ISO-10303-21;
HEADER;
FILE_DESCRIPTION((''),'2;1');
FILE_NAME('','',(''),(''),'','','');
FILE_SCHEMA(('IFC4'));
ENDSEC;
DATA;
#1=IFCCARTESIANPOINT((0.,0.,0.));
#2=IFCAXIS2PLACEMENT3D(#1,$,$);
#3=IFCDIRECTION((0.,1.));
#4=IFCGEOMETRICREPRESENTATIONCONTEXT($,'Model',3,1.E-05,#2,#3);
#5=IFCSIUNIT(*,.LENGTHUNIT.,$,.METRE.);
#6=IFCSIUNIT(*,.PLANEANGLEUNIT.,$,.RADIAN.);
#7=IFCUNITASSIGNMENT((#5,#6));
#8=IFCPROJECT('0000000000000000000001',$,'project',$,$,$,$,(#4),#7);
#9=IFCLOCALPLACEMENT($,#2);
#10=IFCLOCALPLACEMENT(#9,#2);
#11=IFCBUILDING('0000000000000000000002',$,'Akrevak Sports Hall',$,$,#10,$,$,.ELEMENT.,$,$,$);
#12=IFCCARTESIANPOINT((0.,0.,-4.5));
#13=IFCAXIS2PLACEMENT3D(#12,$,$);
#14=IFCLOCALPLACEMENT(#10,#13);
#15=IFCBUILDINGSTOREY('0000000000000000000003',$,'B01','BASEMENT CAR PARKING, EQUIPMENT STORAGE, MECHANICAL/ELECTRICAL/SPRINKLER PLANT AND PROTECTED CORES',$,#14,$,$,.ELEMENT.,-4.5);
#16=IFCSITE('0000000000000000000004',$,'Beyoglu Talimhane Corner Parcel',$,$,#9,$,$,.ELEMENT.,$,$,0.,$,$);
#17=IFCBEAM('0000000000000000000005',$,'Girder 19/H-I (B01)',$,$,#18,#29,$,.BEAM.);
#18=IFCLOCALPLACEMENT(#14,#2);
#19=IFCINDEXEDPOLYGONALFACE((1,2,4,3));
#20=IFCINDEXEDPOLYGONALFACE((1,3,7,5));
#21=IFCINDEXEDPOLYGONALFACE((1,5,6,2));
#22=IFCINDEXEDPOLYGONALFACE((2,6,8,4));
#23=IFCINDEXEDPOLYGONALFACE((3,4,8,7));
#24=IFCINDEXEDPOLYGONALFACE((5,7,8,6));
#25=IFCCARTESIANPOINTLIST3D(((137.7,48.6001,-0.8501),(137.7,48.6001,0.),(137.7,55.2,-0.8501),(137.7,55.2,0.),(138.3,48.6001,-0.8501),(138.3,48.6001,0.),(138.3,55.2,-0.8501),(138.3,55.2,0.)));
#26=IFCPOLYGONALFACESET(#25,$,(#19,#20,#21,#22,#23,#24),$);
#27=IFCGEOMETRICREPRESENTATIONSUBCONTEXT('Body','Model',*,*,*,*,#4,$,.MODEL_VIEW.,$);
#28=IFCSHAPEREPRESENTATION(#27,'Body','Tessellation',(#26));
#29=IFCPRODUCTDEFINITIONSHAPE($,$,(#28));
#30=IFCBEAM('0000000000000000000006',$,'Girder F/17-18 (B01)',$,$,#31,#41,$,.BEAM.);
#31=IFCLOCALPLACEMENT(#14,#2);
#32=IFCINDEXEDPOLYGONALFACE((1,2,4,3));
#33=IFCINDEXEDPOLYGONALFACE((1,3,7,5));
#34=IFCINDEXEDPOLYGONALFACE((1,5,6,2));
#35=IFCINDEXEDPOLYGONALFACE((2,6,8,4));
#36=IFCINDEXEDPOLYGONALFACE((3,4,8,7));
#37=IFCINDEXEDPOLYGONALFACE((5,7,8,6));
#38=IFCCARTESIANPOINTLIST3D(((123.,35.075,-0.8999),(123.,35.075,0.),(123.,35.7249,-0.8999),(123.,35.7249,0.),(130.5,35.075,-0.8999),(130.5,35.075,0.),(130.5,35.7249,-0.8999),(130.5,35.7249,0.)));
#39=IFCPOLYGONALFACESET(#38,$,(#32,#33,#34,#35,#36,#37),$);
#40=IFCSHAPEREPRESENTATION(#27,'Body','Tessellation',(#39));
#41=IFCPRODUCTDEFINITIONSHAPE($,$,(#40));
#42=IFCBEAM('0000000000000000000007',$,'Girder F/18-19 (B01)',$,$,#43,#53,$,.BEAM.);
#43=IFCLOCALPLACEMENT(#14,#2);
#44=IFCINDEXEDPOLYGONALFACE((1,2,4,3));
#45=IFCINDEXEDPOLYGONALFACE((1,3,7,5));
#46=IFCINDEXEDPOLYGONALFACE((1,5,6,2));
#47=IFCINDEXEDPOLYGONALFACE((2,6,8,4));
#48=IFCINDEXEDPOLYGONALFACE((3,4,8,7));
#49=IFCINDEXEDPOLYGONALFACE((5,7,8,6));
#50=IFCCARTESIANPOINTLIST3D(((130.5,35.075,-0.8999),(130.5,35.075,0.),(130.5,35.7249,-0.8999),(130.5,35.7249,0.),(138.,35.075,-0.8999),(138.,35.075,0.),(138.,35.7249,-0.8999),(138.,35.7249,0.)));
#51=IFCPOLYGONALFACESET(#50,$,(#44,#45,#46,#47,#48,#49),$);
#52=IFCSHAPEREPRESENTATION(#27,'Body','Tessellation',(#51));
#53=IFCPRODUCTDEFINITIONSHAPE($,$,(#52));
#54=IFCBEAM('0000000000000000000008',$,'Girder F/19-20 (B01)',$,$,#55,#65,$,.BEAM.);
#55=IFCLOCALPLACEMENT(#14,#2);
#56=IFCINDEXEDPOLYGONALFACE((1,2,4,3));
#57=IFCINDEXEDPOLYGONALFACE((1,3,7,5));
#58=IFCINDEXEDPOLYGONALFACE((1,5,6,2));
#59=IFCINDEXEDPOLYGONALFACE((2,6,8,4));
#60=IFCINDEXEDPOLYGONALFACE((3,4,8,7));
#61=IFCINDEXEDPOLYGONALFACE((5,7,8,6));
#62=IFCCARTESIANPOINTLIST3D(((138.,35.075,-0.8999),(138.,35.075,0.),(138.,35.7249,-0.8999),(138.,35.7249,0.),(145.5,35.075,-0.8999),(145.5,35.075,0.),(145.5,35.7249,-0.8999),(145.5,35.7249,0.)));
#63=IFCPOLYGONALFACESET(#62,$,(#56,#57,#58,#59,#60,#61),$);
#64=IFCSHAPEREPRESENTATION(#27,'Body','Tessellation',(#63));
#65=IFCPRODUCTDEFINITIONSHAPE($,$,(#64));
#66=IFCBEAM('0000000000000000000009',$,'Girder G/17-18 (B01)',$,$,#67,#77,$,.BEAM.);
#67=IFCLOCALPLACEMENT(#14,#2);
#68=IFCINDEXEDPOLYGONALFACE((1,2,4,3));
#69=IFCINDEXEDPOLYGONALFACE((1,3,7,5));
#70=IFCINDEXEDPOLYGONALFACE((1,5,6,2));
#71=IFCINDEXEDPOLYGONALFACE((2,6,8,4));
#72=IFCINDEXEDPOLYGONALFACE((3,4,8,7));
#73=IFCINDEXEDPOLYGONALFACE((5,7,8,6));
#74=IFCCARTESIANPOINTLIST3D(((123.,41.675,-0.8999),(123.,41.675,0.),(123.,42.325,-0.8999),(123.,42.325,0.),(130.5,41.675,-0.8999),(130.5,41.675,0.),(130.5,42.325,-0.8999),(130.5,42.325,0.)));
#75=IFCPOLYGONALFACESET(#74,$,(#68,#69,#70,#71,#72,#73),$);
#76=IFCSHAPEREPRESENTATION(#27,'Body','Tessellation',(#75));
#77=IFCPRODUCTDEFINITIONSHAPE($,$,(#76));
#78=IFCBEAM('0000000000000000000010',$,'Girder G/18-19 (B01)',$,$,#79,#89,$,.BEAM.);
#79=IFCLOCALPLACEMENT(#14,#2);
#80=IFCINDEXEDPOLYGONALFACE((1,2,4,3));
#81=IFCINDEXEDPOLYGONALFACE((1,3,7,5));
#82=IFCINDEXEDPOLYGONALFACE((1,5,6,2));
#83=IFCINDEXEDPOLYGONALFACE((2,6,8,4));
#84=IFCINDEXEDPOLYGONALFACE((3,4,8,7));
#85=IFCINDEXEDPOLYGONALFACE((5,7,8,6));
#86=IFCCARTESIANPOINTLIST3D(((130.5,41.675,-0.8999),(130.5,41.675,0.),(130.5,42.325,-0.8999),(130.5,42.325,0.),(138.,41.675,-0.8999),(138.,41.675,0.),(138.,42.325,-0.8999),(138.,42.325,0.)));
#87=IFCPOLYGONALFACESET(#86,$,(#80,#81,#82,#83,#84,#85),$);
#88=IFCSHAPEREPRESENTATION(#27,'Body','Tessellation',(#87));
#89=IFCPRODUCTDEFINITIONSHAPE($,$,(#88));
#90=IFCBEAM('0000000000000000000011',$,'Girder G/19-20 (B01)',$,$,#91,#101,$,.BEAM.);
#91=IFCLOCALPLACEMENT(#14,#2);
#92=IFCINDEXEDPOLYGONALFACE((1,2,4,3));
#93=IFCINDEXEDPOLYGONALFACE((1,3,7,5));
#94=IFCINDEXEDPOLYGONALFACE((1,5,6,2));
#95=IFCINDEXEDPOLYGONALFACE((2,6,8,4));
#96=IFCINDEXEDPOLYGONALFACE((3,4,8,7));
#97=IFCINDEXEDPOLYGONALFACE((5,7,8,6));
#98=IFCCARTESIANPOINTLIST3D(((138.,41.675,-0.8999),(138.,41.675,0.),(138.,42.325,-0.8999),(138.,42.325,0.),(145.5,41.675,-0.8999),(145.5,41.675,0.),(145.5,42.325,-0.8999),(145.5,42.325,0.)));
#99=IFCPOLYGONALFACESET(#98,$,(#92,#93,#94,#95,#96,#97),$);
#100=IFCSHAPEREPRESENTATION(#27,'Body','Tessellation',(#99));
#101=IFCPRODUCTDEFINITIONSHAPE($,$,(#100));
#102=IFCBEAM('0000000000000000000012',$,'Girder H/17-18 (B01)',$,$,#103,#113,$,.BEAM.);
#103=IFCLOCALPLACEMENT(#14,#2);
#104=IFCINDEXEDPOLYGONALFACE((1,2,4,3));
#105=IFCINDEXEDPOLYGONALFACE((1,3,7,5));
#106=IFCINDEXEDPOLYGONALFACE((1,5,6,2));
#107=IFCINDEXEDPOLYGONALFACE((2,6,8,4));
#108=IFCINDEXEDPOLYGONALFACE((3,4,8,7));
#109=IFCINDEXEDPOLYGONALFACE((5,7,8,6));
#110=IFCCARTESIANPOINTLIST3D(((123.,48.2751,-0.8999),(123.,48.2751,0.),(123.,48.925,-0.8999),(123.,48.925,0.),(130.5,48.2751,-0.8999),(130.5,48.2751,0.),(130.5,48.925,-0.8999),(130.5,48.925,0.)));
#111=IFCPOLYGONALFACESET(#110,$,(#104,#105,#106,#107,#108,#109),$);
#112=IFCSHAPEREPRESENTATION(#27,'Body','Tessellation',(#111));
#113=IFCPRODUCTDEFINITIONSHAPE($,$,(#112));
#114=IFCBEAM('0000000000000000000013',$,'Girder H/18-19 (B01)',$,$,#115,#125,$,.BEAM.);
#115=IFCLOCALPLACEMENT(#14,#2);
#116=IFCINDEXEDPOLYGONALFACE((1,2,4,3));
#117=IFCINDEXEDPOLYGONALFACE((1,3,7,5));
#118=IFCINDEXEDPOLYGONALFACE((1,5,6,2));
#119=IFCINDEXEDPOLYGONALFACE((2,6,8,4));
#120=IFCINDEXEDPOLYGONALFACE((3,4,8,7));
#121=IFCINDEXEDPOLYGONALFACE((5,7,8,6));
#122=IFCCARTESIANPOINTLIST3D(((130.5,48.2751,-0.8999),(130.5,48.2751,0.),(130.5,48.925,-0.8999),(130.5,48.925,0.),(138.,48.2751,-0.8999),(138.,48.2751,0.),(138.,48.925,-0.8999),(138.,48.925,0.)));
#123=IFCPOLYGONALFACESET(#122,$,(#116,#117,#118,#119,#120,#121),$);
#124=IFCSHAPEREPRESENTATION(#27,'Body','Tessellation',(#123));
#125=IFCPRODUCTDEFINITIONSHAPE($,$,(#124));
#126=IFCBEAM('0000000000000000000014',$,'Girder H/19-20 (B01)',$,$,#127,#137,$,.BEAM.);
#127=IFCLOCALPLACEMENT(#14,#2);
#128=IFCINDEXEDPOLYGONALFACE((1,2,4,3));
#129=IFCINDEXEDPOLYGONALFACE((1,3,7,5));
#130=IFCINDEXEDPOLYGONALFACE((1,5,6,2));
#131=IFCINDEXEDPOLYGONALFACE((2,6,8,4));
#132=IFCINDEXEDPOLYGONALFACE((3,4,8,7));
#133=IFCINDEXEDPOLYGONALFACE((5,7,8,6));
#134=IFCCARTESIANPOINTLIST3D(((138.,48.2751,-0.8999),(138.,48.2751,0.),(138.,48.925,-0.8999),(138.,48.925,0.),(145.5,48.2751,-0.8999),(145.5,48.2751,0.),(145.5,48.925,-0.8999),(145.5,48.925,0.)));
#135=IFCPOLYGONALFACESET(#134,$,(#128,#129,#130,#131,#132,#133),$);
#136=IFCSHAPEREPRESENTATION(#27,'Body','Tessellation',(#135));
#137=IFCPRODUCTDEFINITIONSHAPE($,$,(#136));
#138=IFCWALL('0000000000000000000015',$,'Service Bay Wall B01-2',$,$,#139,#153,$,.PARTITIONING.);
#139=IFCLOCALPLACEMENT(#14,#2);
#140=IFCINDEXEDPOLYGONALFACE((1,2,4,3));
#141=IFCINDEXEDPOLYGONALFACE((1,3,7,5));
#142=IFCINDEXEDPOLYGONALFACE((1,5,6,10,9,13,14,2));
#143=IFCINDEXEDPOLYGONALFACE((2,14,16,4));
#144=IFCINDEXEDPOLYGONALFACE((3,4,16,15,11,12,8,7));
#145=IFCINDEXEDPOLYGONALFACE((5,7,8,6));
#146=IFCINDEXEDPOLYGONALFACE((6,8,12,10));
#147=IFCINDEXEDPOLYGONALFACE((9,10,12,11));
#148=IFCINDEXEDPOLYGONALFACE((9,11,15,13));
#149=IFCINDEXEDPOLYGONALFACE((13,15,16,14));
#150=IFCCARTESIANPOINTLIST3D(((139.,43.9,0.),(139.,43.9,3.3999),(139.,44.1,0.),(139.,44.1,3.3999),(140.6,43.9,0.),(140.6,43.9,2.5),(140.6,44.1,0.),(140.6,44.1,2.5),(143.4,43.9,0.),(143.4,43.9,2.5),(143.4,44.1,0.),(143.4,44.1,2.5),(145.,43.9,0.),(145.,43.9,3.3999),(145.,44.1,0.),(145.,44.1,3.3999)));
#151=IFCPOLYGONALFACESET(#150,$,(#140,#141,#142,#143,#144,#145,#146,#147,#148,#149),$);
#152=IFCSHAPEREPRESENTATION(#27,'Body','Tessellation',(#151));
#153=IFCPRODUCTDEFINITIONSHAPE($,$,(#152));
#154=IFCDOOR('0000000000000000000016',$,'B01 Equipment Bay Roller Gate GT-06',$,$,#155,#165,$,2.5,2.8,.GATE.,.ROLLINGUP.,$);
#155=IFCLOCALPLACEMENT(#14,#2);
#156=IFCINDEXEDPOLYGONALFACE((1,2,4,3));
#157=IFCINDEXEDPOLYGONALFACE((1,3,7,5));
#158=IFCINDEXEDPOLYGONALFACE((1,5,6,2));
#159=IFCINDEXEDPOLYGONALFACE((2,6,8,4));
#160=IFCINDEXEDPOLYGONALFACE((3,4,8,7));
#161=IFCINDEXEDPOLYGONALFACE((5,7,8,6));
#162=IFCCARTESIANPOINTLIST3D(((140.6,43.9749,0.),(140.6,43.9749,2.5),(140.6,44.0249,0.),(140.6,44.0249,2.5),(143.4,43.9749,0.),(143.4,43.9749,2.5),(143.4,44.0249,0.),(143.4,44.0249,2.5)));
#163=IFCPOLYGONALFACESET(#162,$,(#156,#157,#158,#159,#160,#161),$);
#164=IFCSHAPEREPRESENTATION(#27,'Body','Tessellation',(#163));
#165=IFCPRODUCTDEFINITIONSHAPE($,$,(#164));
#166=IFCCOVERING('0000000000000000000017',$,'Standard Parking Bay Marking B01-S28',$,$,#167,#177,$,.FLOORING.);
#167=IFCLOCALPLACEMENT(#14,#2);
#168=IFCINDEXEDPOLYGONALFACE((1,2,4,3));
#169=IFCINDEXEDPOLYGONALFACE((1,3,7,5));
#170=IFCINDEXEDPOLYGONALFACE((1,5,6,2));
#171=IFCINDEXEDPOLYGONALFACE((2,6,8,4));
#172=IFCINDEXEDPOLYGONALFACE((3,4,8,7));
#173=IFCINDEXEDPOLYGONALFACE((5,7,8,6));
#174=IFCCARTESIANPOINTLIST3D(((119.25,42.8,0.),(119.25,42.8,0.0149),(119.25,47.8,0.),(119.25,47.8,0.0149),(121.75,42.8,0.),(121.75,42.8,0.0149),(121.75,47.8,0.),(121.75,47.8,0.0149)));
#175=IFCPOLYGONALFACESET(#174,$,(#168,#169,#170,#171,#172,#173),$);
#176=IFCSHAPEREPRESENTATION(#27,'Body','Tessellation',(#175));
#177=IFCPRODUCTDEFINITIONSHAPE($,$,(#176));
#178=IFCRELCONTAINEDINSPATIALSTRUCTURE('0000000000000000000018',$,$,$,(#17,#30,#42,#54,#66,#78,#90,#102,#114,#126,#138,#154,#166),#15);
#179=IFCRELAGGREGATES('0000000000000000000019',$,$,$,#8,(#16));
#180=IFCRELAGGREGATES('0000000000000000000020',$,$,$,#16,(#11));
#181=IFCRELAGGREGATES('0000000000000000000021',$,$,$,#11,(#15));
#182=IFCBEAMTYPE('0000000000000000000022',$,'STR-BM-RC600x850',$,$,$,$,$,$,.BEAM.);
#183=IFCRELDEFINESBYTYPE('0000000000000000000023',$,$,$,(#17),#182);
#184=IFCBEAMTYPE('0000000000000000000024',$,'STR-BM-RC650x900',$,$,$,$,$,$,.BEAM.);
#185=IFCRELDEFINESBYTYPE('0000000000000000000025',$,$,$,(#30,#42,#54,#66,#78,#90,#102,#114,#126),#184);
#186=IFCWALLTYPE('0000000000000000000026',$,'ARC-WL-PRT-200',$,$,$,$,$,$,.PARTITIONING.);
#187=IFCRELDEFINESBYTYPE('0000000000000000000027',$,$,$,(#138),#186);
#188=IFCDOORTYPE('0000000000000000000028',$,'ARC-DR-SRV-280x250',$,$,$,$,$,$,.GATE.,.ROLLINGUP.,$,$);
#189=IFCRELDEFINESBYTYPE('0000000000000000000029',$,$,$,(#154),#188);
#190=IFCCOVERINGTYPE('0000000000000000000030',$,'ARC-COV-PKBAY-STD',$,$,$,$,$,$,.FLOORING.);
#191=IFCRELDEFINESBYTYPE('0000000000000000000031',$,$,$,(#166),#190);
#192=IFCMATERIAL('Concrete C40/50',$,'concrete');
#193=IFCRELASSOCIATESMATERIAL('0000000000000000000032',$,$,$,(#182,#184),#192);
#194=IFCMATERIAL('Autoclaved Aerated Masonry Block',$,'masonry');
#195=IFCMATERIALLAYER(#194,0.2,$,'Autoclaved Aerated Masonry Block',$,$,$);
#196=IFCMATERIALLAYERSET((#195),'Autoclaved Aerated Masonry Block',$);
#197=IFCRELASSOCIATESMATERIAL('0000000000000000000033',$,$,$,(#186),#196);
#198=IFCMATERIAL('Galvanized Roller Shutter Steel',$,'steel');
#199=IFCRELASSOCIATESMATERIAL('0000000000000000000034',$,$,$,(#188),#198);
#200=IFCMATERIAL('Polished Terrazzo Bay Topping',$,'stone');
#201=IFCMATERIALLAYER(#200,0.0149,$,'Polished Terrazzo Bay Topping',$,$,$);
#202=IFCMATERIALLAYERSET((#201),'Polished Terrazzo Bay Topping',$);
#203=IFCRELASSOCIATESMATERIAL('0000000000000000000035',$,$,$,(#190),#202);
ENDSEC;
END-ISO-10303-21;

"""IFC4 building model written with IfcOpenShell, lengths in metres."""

from ifc_helpers import new_model, si_unit, direction, frame, frame_2d, origin, origin_2d, place, context, subcontext, project, spatial, rectangle, extrude, material, layer, layer_set, material_profile, profile_set, type_object, element, fill, save


model = new_model("IFC4")

# Units and contexts
model_context = context("Model", 3, precision=1e-05, world=origin(), true_north=direction((0.0, 1.0)))
body_context = subcontext(model_context, "Body", "Model", "MODEL_VIEW")
ifc_project = project(units=[si_unit("LENGTHUNIT", "METRE"), si_unit("PLANEANGLEUNIT", "RADIAN")], contexts=[model_context])

# Site, building, storey
site_placement = place(None, origin())
site = spatial("IfcSite", under=ifc_project, at=site_placement, Name="Beyoglu Talimhane Corner Parcel", CompositionType="ELEMENT", RefElevation=0.0)
building_placement = place(site_placement, origin())
building = spatial("IfcBuilding", under=site, at=building_placement, Name="Akrevak Sports Hall", CompositionType="ELEMENT")
storey_placement = place(building_placement, frame((0.0, 0.0, -4.5)))
storey = spatial("IfcBuildingStorey", under=building, at=storey_placement, Name="B01", Description="BASEMENT CAR PARKING, EQUIPMENT STORAGE, MECHANICAL/ELECTRICAL/SPRINKLER PLANT AND PROTECTED CORES", CompositionType="ELEMENT", Elevation=-4.5)

# Shared definitions
ifc_material_1 = material(Name="Concrete C40/50", Category="concrete")

# Beams
ifc_material_profile_1 = material_profile(ifc_material_1, rectangle(XDim=0.6001, YDim=0.8501, at=origin_2d()), Name="BM 600x850", Category="concrete")
ifc_profile_set_1 = profile_set([ifc_material_profile_1], Name="Concrete C40/50")
beam_type_1 = type_object("IfcBeamType", Name="STR-BM-RC600x850", PredefinedType="BEAM", material=ifc_profile_set_1)
beam_1_placement = place(storey_placement, frame((138.0, 48.6001, -0.425), z_axis=(0.0, 1.0, 0.0), x_axis=(-1.0, 0.0, 0.0)))
element("IfcBeam", 1, at=beam_1_placement, inside=storey, type_object=beam_type_1, Name="Girder 19/H-I (B01)", PredefinedType="BEAM", context=body_context, shape_type="SweptSolid", body=[
    extrude(rectangle(XDim=0.6001, YDim=0.8501, at=origin_2d()), origin(), (0.0, 0.0, 1.0), 6.5999),
])
ifc_material_profile_2 = material_profile(ifc_material_1, rectangle(XDim=0.6499, YDim=0.8999, at=origin_2d()), Name="BM 650x900", Category="concrete")
ifc_profile_set_2 = profile_set([ifc_material_profile_2], Name="Concrete C40/50")
beam_type_2 = type_object("IfcBeamType", Name="STR-BM-RC650x900", PredefinedType="BEAM", material=ifc_profile_set_2)
for number, where, z_axis, x_axis, name in (
    (2, (123.0, 35.3999, -0.45), (1.0, 0.0, 0.0), (0.0, 1.0, 0.0), "Girder F/17-18 (B01)"),
    (3, (130.5, 35.3999, -0.45), (1.0, 0.0, 0.0), (0.0, 1.0, 0.0), "Girder F/18-19 (B01)"),
    (4, (138.0, 35.3999, -0.45), (1.0, 0.0, 0.0), (0.0, 1.0, 0.0), "Girder F/19-20 (B01)"),
    (5, (123.0, 42.0, -0.45), (1.0, 0.0, 0.0), (0.0, 1.0, 0.0), "Girder G/17-18 (B01)"),
    (6, (130.5, 42.0, -0.45), (1.0, 0.0, 0.0), (0.0, 1.0, 0.0), "Girder G/18-19 (B01)"),
    (7, (138.0, 42.0, -0.45), (1.0, 0.0, 0.0), (0.0, 1.0, 0.0), "Girder G/19-20 (B01)"),
    (8, (123.0, 48.6001, -0.45), (1.0, 0.0, 0.0), (0.0, 1.0, 0.0), "Girder H/17-18 (B01)"),
    (9, (130.5, 48.6001, -0.45), (1.0, 0.0, 0.0), (0.0, 1.0, 0.0), "Girder H/18-19 (B01)"),
    (10, (138.0, 48.6001, -0.45), (1.0, 0.0, 0.0), (0.0, 1.0, 0.0), "Girder H/19-20 (B01)"),
):
    element("IfcBeam", number, at=place(storey_placement, frame(where, z_axis=z_axis, x_axis=x_axis)), inside=storey, type_object=beam_type_2, Name=name, PredefinedType="BEAM", context=body_context, shape_type="SweptSolid", body=[
        extrude(rectangle(XDim=0.6499, YDim=0.8999, at=origin_2d()), origin(), (0.0, 0.0, 1.0), 7.5),
    ])

# Wall, opening, door
ifc_material_2 = material(Name="Autoclaved Aerated Masonry Block", Category="masonry")
ifc_layer_1 = layer(ifc_material_2, 0.2, Name="Autoclaved Aerated Masonry Block")
ifc_layer_set_1 = layer_set([ifc_layer_1], Name="Autoclaved Aerated Masonry Block")
wall_type = type_object("IfcWallType", Name="ARC-WL-PRT-200", PredefinedType="PARTITIONING", material=ifc_layer_set_1)
wall_placement = place(storey_placement, frame((139.0, 44.0, 0.0), z_axis=(0.0, 0.0, 1.0), x_axis=(1.0, 0.0, 0.0)))
wall = element("IfcWall", 11, at=wall_placement, inside=storey, type_object=wall_type, Name="Service Bay Wall B01-2", PredefinedType="PARTITIONING", context=body_context, shape_type="SweptSolid", body=[
    extrude(rectangle(XDim=6.0, YDim=0.2, at=frame_2d((3.0, 0.0))), origin(), (0.0, 0.0, 1.0), 3.3999),
])
opening_placement = place(wall_placement, frame((1.6001, 0.0, 0.0)))
opening = element("IfcOpeningElement", 12, at=opening_placement, cuts=wall, PredefinedType="OPENING", context=body_context, shape_type="SweptSolid", body=[
    extrude(rectangle(XDim=2.8, YDim=2.5, at=frame_2d((1.3999, 1.25))), frame((0.0, 0.1118, 0.0), z_axis=(0.0, -1.0, 0.0), x_axis=(1.0, 0.0, 0.0)), (0.0, 0.0, 1.0), 0.2239),
])
ifc_material_3 = material(Name="Galvanized Roller Shutter Steel", Category="steel")
door_type = type_object("IfcDoorType", Name="ARC-DR-SRV-280x250", OperationType="ROLLINGUP", PredefinedType="GATE", material=ifc_material_3)
door_placement = place(opening_placement, origin())
door = element("IfcDoor", 13, at=door_placement, inside=storey, type_object=door_type, Name="B01 Equipment Bay Roller Gate GT-06", OperationType="ROLLINGUP", OverallHeight=2.5, OverallWidth=2.8, PredefinedType="GATE", context=body_context, shape_type="SweptSolid", body=[
    extrude(rectangle(XDim=2.8, YDim=2.5, at=frame_2d((1.3999, 1.25))), frame((0.0, 0.0249, 0.0), z_axis=(0.0, -1.0, 0.0), x_axis=(1.0, 0.0, 0.0)), (0.0, 0.0, 1.0), 0.05),
])
fill(opening, door)

# Covering
ifc_material_4 = material(Name="Polished Terrazzo Bay Topping", Category="stone")
ifc_layer_2 = layer(ifc_material_4, 0.0149, Name="Polished Terrazzo Bay Topping")
ifc_layer_set_2 = layer_set([ifc_layer_2], Name="Polished Terrazzo Bay Topping")
covering_type = type_object("IfcCoveringType", Name="ARC-COV-PKBAY-STD", PredefinedType="FLOORING", material=ifc_layer_set_2)
covering_placement = place(storey_placement, frame((120.5, 45.3, 0.0), z_axis=(0.0, 0.0, 1.0), x_axis=(1.0, 0.0, 0.0)))
element("IfcCovering", 14, at=covering_placement, inside=storey, type_object=covering_type, Name="Standard Parking Bay Marking B01-S28", PredefinedType="FLOORING", context=body_context, shape_type="SweptSolid", body=[
    extrude(rectangle(XDim=2.5, YDim=5.0, at=origin_2d()), origin(), (0.0, 0.0, 1.0), 0.0149),
])

save(model, "model.ifc")
